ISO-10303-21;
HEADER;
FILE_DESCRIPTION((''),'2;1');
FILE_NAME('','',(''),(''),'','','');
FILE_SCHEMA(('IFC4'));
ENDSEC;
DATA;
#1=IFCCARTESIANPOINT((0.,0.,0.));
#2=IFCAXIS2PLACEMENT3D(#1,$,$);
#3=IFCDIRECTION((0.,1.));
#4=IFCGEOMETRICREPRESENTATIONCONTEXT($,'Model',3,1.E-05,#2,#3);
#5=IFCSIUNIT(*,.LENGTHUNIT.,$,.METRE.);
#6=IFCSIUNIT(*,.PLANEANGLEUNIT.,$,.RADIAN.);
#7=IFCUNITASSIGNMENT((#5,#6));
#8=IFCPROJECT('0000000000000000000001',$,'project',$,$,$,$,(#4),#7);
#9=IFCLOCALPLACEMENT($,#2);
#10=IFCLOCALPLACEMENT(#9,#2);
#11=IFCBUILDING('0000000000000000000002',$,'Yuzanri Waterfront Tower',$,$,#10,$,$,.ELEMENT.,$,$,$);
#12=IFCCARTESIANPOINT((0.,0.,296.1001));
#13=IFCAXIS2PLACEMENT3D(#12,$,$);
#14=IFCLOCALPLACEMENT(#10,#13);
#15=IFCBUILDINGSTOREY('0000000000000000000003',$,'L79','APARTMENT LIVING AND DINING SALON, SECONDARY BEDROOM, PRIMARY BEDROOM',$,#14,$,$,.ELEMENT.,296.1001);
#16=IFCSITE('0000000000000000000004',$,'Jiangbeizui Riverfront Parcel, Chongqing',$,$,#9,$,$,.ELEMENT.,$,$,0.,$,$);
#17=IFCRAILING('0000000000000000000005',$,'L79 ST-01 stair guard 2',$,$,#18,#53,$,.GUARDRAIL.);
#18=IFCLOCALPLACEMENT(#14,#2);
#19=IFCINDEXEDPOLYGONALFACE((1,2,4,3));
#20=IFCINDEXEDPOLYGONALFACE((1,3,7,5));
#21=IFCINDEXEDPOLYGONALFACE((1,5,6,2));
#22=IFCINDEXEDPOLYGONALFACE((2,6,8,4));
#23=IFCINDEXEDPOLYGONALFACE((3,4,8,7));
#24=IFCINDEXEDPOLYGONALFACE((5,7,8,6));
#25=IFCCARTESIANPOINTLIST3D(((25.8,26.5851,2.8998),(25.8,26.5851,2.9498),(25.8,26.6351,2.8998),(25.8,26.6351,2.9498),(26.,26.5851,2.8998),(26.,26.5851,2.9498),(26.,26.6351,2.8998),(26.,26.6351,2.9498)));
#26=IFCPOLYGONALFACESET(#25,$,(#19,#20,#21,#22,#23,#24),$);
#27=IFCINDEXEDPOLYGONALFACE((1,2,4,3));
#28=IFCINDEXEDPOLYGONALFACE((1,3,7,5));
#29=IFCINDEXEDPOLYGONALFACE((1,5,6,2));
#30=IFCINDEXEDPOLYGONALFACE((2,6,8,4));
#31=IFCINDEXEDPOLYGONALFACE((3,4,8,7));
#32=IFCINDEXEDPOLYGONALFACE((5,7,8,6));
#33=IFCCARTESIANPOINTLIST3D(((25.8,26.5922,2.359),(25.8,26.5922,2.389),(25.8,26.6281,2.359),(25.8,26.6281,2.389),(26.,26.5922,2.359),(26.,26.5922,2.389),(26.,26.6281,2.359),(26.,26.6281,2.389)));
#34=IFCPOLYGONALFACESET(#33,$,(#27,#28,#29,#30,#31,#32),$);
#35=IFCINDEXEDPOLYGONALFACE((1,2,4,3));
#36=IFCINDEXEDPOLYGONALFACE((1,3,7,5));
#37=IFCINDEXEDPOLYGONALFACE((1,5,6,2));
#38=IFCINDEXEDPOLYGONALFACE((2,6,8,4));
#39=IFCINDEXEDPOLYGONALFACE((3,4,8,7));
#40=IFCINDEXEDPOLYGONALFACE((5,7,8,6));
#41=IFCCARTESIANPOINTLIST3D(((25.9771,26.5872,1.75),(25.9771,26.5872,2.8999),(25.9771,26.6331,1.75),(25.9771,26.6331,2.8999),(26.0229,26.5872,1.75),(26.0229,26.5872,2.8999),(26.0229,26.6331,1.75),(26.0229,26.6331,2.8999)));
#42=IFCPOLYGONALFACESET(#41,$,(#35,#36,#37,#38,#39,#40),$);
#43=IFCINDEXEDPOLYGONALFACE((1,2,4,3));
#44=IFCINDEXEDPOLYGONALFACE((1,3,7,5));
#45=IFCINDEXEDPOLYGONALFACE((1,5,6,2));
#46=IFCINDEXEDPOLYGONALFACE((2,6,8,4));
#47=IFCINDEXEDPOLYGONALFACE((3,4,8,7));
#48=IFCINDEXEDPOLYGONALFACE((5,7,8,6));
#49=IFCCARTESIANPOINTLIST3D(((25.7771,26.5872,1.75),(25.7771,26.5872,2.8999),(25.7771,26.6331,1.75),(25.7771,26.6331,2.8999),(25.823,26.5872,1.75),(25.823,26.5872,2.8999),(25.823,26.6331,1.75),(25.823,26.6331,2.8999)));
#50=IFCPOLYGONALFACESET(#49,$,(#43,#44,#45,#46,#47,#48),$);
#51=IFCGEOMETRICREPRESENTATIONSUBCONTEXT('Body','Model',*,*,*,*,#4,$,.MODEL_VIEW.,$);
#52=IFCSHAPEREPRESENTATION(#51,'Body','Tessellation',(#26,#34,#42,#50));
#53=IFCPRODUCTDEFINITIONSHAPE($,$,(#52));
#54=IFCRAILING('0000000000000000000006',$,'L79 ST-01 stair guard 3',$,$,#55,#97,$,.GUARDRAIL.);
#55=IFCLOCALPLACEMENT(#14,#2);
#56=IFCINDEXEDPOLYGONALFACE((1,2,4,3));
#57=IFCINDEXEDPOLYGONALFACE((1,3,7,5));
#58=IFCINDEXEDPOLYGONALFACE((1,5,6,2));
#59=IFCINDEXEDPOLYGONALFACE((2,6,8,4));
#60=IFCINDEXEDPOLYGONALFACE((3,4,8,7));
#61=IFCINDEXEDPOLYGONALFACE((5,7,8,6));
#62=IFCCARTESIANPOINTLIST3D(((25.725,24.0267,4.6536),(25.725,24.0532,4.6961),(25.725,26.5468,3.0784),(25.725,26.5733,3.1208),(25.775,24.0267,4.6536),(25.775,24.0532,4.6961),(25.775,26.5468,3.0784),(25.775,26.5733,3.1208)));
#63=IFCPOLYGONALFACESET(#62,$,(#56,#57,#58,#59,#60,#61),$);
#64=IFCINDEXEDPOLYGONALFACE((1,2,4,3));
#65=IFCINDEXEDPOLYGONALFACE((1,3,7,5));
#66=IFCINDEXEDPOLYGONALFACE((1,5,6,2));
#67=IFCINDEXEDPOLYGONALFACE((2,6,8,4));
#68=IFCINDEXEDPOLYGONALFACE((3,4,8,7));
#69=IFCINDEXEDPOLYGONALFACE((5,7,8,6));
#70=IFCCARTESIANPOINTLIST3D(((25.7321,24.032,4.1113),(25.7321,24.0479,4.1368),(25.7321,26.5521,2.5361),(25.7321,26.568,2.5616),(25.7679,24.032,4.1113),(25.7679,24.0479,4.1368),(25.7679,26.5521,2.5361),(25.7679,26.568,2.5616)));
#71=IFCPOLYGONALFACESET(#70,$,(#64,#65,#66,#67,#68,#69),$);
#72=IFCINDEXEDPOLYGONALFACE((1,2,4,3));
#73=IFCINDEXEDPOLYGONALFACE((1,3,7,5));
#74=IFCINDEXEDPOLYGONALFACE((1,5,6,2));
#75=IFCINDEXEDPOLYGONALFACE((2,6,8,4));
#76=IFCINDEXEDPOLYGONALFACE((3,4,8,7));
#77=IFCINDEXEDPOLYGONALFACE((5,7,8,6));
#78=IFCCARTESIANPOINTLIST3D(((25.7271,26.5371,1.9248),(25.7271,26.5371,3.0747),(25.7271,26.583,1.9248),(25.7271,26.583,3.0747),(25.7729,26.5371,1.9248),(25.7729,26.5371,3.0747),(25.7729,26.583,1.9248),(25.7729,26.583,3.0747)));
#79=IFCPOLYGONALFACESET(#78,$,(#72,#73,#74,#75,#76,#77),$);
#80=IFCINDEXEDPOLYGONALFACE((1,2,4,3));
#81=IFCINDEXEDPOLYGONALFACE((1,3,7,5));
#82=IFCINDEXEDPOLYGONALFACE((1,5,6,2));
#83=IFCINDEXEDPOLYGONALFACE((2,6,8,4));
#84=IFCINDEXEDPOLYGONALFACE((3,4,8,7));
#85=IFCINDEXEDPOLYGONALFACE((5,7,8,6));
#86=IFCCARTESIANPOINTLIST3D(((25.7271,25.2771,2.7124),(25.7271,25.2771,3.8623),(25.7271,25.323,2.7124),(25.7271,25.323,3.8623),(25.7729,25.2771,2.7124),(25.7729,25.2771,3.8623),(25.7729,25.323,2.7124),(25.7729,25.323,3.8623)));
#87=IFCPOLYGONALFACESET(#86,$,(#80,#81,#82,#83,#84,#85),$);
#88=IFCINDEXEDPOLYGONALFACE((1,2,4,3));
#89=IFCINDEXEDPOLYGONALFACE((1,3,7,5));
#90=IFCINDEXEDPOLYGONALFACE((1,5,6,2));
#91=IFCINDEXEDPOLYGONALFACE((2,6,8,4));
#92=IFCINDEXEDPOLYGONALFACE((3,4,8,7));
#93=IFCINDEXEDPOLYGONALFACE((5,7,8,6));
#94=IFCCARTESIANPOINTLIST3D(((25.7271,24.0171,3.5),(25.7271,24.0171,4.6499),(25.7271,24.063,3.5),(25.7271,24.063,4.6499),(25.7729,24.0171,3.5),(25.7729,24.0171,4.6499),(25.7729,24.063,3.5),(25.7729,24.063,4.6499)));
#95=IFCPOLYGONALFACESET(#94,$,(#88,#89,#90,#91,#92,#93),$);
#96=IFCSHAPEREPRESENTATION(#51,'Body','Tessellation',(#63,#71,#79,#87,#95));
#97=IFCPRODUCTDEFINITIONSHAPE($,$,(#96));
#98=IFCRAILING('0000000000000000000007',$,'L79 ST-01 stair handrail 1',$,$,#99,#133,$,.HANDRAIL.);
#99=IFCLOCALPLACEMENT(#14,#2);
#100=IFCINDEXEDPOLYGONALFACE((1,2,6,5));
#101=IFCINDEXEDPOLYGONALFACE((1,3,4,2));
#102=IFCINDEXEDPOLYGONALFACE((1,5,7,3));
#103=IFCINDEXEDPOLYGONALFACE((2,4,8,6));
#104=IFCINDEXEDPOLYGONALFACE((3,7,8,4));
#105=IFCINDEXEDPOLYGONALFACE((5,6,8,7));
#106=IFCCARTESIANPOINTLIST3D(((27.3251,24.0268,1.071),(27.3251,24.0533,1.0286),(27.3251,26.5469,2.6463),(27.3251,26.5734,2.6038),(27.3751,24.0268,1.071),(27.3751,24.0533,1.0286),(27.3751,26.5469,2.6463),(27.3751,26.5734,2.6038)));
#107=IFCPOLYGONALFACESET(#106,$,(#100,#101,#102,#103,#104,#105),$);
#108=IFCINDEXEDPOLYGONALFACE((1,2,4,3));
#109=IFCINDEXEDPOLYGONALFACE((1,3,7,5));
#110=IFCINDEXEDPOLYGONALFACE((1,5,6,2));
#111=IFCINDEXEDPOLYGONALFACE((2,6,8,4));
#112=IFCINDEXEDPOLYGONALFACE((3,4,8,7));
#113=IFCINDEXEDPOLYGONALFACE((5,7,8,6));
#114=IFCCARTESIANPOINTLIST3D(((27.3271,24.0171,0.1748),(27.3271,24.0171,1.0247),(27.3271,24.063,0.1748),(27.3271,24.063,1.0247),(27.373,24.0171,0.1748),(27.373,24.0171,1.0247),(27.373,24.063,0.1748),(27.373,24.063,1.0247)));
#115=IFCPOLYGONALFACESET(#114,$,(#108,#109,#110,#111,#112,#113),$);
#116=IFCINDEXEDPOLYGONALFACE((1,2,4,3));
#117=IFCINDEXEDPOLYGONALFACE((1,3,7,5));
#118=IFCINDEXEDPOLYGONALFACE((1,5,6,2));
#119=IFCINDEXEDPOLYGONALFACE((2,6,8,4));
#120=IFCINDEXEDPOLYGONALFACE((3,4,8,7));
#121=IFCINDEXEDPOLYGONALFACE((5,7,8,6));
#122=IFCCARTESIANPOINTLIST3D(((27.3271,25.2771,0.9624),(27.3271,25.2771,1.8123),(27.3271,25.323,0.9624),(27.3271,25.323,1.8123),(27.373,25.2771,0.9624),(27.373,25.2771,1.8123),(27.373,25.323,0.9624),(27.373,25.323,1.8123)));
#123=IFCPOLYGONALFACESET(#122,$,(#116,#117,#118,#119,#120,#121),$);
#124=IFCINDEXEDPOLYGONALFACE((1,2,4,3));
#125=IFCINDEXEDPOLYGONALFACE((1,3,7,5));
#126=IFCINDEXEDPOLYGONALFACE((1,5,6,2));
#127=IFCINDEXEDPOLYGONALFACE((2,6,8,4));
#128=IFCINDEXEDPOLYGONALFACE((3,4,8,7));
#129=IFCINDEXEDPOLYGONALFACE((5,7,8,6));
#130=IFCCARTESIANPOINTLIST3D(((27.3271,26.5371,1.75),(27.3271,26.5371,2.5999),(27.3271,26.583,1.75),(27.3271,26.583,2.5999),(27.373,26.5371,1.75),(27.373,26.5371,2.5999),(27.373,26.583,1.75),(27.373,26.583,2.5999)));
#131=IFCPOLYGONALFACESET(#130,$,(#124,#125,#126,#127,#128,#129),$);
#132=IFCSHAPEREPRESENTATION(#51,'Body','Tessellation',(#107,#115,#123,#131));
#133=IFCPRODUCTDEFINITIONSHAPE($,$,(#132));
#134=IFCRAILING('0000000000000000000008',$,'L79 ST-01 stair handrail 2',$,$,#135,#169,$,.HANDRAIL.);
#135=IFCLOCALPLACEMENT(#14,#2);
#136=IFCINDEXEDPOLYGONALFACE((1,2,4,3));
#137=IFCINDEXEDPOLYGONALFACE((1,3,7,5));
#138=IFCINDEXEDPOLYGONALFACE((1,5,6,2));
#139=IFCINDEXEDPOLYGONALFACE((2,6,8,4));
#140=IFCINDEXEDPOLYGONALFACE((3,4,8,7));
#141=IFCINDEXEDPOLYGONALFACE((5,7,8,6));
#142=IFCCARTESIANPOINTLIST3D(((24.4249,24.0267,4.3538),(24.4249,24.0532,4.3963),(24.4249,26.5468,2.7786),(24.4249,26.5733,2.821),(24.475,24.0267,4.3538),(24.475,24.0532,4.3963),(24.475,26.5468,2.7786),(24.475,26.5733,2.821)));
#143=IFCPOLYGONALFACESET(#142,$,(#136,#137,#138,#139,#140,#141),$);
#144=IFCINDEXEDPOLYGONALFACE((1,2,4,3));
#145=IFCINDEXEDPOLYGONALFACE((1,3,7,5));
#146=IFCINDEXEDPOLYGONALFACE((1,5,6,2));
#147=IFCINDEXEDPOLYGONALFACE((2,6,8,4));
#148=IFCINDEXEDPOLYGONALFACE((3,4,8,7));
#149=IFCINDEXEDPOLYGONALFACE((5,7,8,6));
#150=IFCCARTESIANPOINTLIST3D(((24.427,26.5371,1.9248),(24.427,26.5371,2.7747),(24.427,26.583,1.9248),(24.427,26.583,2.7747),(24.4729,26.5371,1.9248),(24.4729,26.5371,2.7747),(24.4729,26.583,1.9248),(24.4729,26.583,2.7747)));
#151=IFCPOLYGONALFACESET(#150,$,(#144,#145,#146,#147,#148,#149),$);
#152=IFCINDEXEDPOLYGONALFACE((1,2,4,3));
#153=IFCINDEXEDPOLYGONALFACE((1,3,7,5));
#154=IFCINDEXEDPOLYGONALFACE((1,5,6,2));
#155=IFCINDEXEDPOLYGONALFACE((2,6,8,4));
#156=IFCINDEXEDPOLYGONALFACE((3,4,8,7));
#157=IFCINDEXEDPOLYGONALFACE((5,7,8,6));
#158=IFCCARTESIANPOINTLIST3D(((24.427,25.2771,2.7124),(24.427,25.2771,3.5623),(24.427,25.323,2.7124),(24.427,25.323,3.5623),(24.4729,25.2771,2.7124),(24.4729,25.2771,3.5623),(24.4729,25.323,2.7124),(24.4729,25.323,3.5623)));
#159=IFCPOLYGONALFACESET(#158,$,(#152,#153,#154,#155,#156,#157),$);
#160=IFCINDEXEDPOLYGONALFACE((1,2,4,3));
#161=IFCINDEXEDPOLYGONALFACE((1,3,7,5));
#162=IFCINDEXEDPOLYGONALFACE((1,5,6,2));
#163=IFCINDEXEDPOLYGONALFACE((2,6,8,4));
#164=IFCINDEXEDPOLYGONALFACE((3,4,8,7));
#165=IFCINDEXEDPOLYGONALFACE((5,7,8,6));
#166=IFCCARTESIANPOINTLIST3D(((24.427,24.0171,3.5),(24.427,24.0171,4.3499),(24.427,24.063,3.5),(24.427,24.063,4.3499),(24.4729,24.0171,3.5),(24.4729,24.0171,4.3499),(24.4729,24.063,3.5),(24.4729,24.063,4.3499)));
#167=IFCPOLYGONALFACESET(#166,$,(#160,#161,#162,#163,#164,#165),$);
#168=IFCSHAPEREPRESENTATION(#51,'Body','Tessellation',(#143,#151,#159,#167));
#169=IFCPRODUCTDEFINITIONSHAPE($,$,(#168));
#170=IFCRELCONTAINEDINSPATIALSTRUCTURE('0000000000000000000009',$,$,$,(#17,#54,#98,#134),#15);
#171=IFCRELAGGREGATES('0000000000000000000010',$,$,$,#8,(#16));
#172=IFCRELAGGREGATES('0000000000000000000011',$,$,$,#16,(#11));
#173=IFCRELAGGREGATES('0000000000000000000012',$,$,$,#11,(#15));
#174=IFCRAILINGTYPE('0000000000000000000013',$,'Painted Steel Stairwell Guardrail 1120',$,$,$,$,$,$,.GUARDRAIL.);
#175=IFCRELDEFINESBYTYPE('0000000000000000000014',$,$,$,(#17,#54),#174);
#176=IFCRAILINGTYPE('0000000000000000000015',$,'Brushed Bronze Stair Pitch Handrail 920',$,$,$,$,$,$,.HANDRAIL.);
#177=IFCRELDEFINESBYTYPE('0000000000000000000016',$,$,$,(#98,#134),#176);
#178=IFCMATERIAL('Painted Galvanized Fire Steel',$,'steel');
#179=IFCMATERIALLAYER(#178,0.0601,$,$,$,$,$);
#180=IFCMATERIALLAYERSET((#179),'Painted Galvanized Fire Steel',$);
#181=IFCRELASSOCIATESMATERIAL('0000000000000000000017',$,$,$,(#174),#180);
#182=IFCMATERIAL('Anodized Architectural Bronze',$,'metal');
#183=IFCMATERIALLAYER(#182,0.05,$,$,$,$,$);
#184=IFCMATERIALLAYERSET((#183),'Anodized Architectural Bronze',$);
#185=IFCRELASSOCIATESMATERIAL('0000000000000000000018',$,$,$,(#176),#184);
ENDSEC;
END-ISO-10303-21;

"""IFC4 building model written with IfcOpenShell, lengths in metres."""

from ifc_helpers import new_model, si_unit, direction, frame, origin, origin_2d, place, context, subcontext, project, spatial, rectangle, extrude, source, transform, mapped, material, layer, layer_set, type_object, element, save


model = new_model("IFC4")

# Units and contexts
model_context = context("Model", 3, precision=1e-05, world=origin(), true_north=direction((0.0, 1.0)))
body_context = subcontext(model_context, "Body", "Model", "MODEL_VIEW")
ifc_project = project(units=[si_unit("LENGTHUNIT", "METRE"), si_unit("PLANEANGLEUNIT", "RADIAN")], contexts=[model_context])

# Site, building, storey
site_placement = place(None, origin())
site = spatial("IfcSite", under=ifc_project, at=site_placement, Name="Jiangbeizui Riverfront Parcel, Chongqing", CompositionType="ELEMENT", RefElevation=0.0)
building_placement = place(site_placement, origin())
building = spatial("IfcBuilding", under=site, at=building_placement, Name="Yuzanri Waterfront Tower", CompositionType="ELEMENT")
storey_placement = place(building_placement, frame((0.0, 0.0, 296.1001)))
storey = spatial("IfcBuildingStorey", under=building, at=storey_placement, Name="L79", Description="APARTMENT LIVING AND DINING SALON, SECONDARY BEDROOM, PRIMARY BEDROOM", CompositionType="ELEMENT", Elevation=296.1001)

# Railings
ifc_material_1 = material(Name="Painted Galvanized Fire Steel", Category="steel")
ifc_layer_1 = layer(ifc_material_1, 0.0601)
ifc_layer_set_1 = layer_set([ifc_layer_1], Name="Painted Galvanized Fire Steel")
railing_type_1 = type_object("IfcRailingType", Name="Painted Steel Stairwell Guardrail 1120", PredefinedType="GUARDRAIL", material=ifc_layer_set_1)
shared_shape_1 = source(origin(), body_context, "Body", "SweptSolid", [
    extrude(rectangle(XDim=0.05, YDim=0.05, at=origin_2d()), frame((0.0, 0.0, 1.1748), z_axis=(-1.0, 0.0, 0.0), x_axis=(0.0, -1.0, 0.0)), (0.0, 0.0, 1.0), 0.2),
    extrude(rectangle(XDim=0.0359, YDim=0.03, at=origin_2d()), frame((0.0, 0.0, 0.624), z_axis=(-1.0, 0.0, 0.0), x_axis=(0.0, -1.0, 0.0)), (0.0, 0.0, 1.0), 0.2),
    extrude(rectangle(XDim=0.0459, YDim=0.0459, at=origin_2d()), origin(), (0.0, 0.0, 1.0), 1.1499),
    extrude(rectangle(XDim=0.0459, YDim=0.0459, at=origin_2d()), frame((-0.2, 0.0, 0.0)), (0.0, 0.0, 1.0), 1.1499),
])
railing_1_placement = place(storey_placement, frame((26.0, 26.6101, 1.75)))
element("IfcRailing", 1, at=railing_1_placement, inside=storey, type_object=railing_type_1, Name="L79 ST-01 stair guard 2", PredefinedType="GUARDRAIL", context=body_context, shape_type="MappedRepresentation", body=[
    mapped(shared_shape_1, transform((0.0, 0.0, 0.0), scale=1.0)),
])
shared_shape_2 = source(origin(), body_context, "Body", "SweptSolid", [
    extrude(rectangle(XDim=0.05, YDim=0.05, at=origin_2d()), frame((0.0, 0.0, 1.1748), z_axis=(0.0, -0.847971, 0.530043), x_axis=(1.0, 0.0, 0.0)), (0.0, 0.0, 1.0), 2.9719),
    extrude(rectangle(XDim=0.0359, YDim=0.03, at=origin_2d()), frame((0.0, 0.0, 0.624), z_axis=(0.0, -0.847971, 0.530043), x_axis=(1.0, 0.0, 0.0)), (0.0, 0.0, 1.0), 2.9719),
    extrude(rectangle(XDim=0.0459, YDim=0.0459, at=origin_2d()), origin(), (0.0, 0.0, 1.0), 1.1499),
    extrude(rectangle(XDim=0.0459, YDim=0.0459, at=origin_2d()), frame((0.0, -1.26, 0.7876)), (0.0, 0.0, 1.0), 1.1499),
    extrude(rectangle(XDim=0.0459, YDim=0.0459, at=origin_2d()), frame((0.0, -2.52, 1.5752)), (0.0, 0.0, 1.0), 1.1499),
])
railing_2_placement = place(storey_placement, frame((25.75, 26.5601, 1.9248)))
element("IfcRailing", 2, at=railing_2_placement, inside=storey, type_object=railing_type_1, Name="L79 ST-01 stair guard 3", PredefinedType="GUARDRAIL", context=body_context, shape_type="MappedRepresentation", body=[
    mapped(shared_shape_2, transform((0.0, 0.0, 0.0), scale=1.0)),
])
ifc_material_2 = material(Name="Anodized Architectural Bronze", Category="metal")
ifc_layer_2 = layer(ifc_material_2, 0.05)
ifc_layer_set_2 = layer_set([ifc_layer_2], Name="Anodized Architectural Bronze")
railing_type_2 = type_object("IfcRailingType", Name="Brushed Bronze Stair Pitch Handrail 920", PredefinedType="HANDRAIL", material=ifc_layer_set_2)
shared_shape_3 = source(origin(), body_context, "Body", "SweptSolid", [
    extrude(rectangle(XDim=0.05, YDim=0.05, at=origin_2d()), frame((0.0, 0.0, 0.875), z_axis=(0.0, 0.847971, 0.530043), x_axis=(-1.0, 0.0, 0.0)), (0.0, 0.0, 1.0), 2.9719),
    extrude(rectangle(XDim=0.0459, YDim=0.0459, at=origin_2d()), origin(), (0.0, 0.0, 1.0), 0.8499),
    extrude(rectangle(XDim=0.0459, YDim=0.0459, at=origin_2d()), frame((0.0, 1.26, 0.7876)), (0.0, 0.0, 1.0), 0.8499),
    extrude(rectangle(XDim=0.0459, YDim=0.0459, at=origin_2d()), frame((0.0, 2.52, 1.5752)), (0.0, 0.0, 1.0), 0.8499),
])
railing_3_placement = place(storey_placement, frame((27.3501, 24.04, 0.1748)))
element("IfcRailing", 3, at=railing_3_placement, inside=storey, type_object=railing_type_2, Name="L79 ST-01 stair handrail 1", PredefinedType="HANDRAIL", context=body_context, shape_type="MappedRepresentation", body=[
    mapped(shared_shape_3, transform((0.0, 0.0, 0.0), scale=1.0)),
])
shared_shape_4 = source(origin(), body_context, "Body", "SweptSolid", [
    extrude(rectangle(XDim=0.05, YDim=0.05, at=origin_2d()), frame((0.0, 0.0, 0.875), z_axis=(0.0, -0.847971, 0.530043), x_axis=(1.0, 0.0, 0.0)), (0.0, 0.0, 1.0), 2.9719),
    extrude(rectangle(XDim=0.0459, YDim=0.0459, at=origin_2d()), origin(), (0.0, 0.0, 1.0), 0.8499),
    extrude(rectangle(XDim=0.0459, YDim=0.0459, at=origin_2d()), frame((0.0, -1.26, 0.7876)), (0.0, 0.0, 1.0), 0.8499),
    extrude(rectangle(XDim=0.0459, YDim=0.0459, at=origin_2d()), frame((0.0, -2.52, 1.5752)), (0.0, 0.0, 1.0), 0.8499),
])
railing_4_placement = place(storey_placement, frame((24.45, 26.5601, 1.9248)))
element("IfcRailing", 4, at=railing_4_placement, inside=storey, type_object=railing_type_2, Name="L79 ST-01 stair handrail 2", PredefinedType="HANDRAIL", context=body_context, shape_type="MappedRepresentation", body=[
    mapped(shared_shape_4, transform((0.0, 0.0, 0.0), scale=1.0)),
])

save(model, "model.ifc")
